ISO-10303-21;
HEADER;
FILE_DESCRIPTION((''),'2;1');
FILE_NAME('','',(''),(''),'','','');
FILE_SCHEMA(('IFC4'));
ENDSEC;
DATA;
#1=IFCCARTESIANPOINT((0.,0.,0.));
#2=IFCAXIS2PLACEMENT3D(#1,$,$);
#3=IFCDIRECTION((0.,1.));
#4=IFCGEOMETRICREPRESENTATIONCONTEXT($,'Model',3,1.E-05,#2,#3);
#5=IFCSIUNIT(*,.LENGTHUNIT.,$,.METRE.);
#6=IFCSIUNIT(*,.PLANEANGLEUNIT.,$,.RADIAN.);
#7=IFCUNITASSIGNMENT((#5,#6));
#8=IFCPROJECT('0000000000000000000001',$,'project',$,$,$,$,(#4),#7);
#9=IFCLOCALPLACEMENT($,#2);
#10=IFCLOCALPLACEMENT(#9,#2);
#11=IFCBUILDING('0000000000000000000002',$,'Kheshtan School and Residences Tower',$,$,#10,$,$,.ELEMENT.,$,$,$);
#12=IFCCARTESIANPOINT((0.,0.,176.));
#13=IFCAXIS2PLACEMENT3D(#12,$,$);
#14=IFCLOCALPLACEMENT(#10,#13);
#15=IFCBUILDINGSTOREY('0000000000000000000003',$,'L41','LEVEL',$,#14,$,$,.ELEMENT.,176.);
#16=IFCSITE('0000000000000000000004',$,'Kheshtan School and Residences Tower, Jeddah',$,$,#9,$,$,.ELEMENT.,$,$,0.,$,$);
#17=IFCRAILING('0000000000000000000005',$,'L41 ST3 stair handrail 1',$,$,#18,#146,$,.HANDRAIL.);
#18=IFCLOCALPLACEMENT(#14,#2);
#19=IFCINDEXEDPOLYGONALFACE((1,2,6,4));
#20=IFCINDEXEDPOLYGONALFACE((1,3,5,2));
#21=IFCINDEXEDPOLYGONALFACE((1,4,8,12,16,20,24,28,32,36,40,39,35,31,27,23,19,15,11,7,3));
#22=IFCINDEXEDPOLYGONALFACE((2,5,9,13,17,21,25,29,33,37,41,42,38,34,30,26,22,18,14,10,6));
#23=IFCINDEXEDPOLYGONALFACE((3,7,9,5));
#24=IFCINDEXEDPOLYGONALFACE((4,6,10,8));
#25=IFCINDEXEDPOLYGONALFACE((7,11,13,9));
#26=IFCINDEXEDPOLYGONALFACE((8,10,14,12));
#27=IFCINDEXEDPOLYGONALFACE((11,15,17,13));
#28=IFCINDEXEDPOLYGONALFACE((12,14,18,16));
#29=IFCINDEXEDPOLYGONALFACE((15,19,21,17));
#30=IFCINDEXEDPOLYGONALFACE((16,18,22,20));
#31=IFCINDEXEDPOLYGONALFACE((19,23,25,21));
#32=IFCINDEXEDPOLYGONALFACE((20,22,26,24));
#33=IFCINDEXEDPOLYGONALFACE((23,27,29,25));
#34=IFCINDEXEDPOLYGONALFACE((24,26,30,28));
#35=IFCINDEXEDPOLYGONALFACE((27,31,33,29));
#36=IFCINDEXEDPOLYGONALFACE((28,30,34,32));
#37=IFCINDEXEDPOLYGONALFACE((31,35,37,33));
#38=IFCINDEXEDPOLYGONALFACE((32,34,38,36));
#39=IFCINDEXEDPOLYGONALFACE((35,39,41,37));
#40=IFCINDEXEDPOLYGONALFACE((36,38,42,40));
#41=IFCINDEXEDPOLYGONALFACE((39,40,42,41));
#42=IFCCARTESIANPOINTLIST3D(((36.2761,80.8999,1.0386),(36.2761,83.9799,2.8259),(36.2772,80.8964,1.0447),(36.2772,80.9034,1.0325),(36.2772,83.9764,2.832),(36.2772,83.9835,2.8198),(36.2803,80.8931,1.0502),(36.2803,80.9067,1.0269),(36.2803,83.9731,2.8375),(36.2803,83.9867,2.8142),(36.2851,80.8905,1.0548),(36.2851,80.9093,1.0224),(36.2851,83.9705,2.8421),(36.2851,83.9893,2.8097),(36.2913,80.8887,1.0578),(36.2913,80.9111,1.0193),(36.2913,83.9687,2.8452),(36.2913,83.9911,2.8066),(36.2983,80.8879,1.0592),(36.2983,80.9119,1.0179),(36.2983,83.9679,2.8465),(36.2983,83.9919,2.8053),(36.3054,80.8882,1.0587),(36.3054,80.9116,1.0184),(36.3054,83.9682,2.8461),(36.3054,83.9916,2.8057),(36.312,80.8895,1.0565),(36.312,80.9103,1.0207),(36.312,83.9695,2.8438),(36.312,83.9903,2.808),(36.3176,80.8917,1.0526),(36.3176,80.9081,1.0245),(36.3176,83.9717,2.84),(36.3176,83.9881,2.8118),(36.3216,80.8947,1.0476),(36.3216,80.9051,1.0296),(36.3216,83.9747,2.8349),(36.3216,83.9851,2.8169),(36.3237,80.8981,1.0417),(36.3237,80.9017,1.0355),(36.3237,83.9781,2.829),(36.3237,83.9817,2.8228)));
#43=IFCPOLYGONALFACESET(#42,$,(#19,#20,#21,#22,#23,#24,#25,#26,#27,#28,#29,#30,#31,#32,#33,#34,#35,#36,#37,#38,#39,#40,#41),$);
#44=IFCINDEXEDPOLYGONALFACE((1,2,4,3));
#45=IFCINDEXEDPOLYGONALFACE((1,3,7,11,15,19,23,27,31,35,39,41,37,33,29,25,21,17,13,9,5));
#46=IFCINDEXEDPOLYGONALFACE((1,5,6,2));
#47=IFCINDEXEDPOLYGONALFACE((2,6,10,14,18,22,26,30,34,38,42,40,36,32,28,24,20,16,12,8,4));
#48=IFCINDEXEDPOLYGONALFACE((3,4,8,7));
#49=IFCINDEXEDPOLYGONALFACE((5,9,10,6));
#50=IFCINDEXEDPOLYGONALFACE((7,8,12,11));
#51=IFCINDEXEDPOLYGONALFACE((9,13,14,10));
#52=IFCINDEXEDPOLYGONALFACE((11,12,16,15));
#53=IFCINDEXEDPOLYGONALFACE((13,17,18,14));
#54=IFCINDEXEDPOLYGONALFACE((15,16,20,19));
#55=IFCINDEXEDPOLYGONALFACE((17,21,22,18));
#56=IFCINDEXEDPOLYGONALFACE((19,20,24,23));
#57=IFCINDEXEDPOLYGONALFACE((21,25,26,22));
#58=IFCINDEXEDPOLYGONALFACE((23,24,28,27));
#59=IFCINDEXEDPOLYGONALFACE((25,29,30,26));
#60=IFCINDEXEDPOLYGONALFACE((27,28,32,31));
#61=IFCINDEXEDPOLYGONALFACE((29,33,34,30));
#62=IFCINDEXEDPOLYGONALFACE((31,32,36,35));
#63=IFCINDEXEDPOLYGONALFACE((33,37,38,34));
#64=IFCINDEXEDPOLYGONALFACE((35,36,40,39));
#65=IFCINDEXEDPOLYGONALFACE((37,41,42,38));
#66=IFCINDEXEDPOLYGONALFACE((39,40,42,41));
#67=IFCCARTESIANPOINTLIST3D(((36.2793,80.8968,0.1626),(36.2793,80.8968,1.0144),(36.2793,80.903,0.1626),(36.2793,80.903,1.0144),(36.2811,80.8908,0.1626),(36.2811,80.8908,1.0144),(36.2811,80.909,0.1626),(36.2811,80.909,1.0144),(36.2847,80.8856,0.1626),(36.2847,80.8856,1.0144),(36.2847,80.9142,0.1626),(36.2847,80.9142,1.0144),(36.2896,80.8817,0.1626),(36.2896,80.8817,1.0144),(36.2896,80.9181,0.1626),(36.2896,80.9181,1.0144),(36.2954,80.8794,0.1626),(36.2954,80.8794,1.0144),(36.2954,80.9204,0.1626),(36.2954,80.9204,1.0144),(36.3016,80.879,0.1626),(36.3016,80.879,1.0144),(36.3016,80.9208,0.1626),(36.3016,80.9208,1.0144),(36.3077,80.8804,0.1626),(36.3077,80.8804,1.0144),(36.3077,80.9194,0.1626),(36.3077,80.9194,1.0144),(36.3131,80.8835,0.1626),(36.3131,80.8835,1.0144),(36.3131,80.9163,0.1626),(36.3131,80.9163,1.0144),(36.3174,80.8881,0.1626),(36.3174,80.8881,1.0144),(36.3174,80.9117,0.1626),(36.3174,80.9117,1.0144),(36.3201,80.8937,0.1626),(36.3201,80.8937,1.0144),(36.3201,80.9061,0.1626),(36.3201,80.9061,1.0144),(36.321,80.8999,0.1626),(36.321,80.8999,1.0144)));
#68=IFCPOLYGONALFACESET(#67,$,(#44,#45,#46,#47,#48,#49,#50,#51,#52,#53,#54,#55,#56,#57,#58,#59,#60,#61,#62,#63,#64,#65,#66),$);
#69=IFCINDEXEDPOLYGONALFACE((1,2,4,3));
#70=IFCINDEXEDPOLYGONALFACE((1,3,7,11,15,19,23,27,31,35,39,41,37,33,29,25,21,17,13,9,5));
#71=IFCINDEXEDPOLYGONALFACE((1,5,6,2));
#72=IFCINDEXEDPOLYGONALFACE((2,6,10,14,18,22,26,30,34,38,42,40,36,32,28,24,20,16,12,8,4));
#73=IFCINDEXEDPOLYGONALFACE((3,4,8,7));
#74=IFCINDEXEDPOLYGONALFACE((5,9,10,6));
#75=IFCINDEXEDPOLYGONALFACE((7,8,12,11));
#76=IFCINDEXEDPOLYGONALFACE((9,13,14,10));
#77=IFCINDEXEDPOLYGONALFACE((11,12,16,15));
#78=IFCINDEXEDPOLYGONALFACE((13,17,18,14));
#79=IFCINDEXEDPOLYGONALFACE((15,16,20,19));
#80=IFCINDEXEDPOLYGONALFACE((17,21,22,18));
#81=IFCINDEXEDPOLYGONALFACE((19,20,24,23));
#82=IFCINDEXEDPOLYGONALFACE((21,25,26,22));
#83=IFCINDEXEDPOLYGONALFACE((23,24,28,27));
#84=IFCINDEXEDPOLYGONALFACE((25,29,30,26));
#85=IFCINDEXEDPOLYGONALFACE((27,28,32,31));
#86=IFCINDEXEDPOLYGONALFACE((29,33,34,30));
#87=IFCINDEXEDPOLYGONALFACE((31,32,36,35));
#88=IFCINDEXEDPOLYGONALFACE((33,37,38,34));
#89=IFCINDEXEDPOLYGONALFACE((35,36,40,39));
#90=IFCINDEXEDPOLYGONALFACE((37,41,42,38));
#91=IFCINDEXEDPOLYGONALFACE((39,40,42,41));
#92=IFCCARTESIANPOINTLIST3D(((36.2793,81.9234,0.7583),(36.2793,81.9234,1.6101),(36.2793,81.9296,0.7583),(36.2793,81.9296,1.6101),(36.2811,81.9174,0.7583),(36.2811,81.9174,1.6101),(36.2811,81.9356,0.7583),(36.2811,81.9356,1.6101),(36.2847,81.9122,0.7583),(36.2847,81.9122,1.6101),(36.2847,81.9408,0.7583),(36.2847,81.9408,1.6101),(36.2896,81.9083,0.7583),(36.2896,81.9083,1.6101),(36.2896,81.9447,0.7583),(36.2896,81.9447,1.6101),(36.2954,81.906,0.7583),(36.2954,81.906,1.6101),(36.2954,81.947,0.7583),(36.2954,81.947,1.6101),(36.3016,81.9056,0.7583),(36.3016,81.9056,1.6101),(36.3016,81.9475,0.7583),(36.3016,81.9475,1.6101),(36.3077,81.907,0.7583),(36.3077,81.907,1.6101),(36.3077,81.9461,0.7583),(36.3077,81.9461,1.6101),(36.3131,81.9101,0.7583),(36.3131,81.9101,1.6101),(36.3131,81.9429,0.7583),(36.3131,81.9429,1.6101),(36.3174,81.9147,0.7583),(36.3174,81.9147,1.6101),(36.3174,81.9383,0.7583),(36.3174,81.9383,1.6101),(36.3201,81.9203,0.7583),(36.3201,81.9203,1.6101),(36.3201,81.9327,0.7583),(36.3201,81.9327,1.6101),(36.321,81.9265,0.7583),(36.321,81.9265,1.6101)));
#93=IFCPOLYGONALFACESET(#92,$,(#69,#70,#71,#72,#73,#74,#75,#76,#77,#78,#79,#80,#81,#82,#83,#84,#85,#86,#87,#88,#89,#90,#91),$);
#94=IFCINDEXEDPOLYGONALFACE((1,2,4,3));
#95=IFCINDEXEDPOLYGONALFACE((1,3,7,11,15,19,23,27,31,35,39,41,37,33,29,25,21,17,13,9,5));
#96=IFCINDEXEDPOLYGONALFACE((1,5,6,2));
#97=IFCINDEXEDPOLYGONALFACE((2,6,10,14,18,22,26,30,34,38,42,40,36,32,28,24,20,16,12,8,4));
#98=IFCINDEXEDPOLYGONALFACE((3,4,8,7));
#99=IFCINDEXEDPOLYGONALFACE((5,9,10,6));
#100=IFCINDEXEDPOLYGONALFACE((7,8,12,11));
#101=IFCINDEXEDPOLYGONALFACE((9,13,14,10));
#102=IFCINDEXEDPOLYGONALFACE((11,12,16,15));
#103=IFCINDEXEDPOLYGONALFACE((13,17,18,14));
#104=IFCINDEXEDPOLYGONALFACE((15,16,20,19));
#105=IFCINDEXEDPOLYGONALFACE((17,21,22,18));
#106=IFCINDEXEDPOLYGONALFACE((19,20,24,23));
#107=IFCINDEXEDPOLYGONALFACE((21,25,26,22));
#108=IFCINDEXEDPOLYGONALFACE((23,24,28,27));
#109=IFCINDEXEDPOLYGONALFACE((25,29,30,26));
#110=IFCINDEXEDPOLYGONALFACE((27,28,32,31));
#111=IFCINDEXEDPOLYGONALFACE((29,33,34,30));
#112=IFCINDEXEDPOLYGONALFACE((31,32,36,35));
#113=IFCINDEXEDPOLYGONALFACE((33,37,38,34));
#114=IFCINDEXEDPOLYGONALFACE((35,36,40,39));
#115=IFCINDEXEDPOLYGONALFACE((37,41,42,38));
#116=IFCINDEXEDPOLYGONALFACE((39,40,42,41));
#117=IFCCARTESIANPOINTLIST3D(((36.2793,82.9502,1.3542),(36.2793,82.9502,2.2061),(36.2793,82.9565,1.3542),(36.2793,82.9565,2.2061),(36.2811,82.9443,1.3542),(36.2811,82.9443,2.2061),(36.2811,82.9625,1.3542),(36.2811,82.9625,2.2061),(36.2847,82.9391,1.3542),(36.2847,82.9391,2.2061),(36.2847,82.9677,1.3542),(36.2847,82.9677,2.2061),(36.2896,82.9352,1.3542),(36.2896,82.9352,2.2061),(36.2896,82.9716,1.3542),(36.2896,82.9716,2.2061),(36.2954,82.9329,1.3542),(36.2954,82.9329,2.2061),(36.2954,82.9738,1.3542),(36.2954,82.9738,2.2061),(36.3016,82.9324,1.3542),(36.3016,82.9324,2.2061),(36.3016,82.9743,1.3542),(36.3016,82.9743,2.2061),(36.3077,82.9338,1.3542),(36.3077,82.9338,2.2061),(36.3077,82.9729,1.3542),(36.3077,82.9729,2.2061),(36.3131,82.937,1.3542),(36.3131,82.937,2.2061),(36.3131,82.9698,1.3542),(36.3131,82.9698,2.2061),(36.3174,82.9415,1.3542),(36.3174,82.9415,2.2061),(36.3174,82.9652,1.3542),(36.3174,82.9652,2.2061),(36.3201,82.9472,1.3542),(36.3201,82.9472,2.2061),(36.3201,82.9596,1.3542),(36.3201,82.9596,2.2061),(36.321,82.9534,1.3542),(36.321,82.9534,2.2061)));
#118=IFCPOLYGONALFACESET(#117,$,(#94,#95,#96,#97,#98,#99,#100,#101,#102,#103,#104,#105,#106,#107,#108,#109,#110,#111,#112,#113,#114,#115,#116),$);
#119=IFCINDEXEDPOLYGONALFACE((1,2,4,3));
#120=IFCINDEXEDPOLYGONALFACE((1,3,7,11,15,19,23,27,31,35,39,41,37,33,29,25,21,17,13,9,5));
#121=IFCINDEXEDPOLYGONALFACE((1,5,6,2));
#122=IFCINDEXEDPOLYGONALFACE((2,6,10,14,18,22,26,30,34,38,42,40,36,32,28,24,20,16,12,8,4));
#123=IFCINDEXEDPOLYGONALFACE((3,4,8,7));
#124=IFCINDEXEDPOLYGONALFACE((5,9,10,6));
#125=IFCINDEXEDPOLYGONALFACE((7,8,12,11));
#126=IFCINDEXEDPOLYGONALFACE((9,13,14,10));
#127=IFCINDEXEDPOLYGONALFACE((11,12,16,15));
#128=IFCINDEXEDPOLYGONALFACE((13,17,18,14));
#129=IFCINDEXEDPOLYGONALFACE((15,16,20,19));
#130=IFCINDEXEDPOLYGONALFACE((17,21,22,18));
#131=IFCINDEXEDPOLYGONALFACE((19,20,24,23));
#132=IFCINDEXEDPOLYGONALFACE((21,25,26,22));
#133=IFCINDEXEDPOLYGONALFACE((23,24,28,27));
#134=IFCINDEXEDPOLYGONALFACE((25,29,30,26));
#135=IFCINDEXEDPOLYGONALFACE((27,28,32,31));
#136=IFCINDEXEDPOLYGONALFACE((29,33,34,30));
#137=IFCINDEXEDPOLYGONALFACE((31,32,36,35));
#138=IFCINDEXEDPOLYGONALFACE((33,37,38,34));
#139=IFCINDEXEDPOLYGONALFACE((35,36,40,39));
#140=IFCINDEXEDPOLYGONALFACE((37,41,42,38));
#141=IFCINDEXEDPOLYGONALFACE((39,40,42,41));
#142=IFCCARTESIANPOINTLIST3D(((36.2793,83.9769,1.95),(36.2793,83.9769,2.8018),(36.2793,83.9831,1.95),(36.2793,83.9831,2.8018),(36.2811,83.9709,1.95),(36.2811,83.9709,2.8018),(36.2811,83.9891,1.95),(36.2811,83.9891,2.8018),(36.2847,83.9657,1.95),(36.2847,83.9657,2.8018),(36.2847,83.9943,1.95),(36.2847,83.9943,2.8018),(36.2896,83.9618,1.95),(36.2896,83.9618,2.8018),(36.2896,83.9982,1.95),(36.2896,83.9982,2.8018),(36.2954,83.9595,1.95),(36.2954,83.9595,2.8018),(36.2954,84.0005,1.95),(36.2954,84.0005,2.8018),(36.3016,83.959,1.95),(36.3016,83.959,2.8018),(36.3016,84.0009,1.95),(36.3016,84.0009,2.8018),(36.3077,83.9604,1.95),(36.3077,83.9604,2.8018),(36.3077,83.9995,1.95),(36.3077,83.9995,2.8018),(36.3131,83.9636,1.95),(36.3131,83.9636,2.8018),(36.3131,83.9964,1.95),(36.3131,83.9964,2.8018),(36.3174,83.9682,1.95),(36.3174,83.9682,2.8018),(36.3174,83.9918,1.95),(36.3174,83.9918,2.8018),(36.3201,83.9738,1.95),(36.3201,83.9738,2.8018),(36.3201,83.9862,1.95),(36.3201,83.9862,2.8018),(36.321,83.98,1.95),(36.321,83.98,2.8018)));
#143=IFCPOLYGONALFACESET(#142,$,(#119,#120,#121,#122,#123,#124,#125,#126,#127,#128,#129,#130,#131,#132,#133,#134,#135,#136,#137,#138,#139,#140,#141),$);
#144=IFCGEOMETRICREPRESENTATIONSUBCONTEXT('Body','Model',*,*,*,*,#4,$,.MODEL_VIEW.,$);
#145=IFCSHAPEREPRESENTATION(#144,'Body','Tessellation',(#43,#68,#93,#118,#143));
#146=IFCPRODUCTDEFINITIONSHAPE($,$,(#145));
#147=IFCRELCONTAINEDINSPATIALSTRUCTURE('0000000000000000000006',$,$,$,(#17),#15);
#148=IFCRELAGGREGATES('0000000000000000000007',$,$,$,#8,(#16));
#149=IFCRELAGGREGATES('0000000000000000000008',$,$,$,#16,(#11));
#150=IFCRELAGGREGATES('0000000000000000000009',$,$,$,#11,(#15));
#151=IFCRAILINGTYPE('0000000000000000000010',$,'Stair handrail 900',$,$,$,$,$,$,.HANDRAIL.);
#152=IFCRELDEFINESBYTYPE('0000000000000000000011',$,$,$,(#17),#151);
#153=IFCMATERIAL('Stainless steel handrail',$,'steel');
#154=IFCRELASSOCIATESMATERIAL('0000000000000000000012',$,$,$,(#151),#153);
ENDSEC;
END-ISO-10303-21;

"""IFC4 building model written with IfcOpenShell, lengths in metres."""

from ifc_helpers import new_model, si_unit, direction, frame, origin, origin_2d, place, context, subcontext, project, spatial, circle, extrude, material, type_object, element, save


model = new_model("IFC4")

# Units and contexts
model_context = context("Model", 3, precision=1e-05, world=origin(), true_north=direction((0.0, 1.0)))
body_context = subcontext(model_context, "Body", "Model", "MODEL_VIEW")
ifc_project = project(units=[si_unit("LENGTHUNIT", "METRE"), si_unit("PLANEANGLEUNIT", "RADIAN")], contexts=[model_context])

# Site, building, storey
site_placement = place(None, origin())
site = spatial("IfcSite", under=ifc_project, at=site_placement, Name="Kheshtan School and Residences Tower, Jeddah", CompositionType="ELEMENT", RefElevation=0.0)
building_placement = place(site_placement, origin())
building = spatial("IfcBuilding", under=site, at=building_placement, Name="Kheshtan School and Residences Tower", CompositionType="ELEMENT")
storey_placement = place(building_placement, frame((0.0, 0.0, 176.0)))
storey = spatial("IfcBuildingStorey", under=building, at=storey_placement, Name="L41", Description="LEVEL", CompositionType="ELEMENT", Elevation=176.0)

# Railing
ifc_material_1 = material(Name="Stainless steel handrail", Category="steel")
railing_type_1 = type_object("IfcRailingType", Name="Stair handrail 900", PredefinedType="HANDRAIL", material=ifc_material_1)
railing_1_placement = place(storey_placement, frame((36.3, 80.8999, 0.1626)))
element("IfcRailing", 1, at=railing_1_placement, inside=storey, type_object=railing_type_1, Name="L41 ST3 stair handrail 1", PredefinedType="HANDRAIL", context=body_context, shape_type="SweptSolid", body=[
    extrude(circle(Radius=0.0239, at=origin_2d()), frame((0.0, 0.0, 0.876), z_axis=(0.0, 0.86492, 0.501909), x_axis=(-1.0, 0.0, 0.0)), (0.0, 0.0, 1.0), 3.561),
    extrude(circle(Radius=0.021, at=origin_2d()), origin(), (0.0, 0.0, 1.0), 0.8518),
    extrude(circle(Radius=0.021, at=origin_2d()), frame((0.0, 1.0266, 0.5957)), (0.0, 0.0, 1.0), 0.8518),
    extrude(circle(Radius=0.021, at=origin_2d()), frame((0.0, 2.0535, 1.1917)), (0.0, 0.0, 1.0), 0.8518),
    extrude(circle(Radius=0.021, at=origin_2d()), frame((0.0, 3.0801, 1.7874)), (0.0, 0.0, 1.0), 0.8518),
])

save(model, "model.ifc")
